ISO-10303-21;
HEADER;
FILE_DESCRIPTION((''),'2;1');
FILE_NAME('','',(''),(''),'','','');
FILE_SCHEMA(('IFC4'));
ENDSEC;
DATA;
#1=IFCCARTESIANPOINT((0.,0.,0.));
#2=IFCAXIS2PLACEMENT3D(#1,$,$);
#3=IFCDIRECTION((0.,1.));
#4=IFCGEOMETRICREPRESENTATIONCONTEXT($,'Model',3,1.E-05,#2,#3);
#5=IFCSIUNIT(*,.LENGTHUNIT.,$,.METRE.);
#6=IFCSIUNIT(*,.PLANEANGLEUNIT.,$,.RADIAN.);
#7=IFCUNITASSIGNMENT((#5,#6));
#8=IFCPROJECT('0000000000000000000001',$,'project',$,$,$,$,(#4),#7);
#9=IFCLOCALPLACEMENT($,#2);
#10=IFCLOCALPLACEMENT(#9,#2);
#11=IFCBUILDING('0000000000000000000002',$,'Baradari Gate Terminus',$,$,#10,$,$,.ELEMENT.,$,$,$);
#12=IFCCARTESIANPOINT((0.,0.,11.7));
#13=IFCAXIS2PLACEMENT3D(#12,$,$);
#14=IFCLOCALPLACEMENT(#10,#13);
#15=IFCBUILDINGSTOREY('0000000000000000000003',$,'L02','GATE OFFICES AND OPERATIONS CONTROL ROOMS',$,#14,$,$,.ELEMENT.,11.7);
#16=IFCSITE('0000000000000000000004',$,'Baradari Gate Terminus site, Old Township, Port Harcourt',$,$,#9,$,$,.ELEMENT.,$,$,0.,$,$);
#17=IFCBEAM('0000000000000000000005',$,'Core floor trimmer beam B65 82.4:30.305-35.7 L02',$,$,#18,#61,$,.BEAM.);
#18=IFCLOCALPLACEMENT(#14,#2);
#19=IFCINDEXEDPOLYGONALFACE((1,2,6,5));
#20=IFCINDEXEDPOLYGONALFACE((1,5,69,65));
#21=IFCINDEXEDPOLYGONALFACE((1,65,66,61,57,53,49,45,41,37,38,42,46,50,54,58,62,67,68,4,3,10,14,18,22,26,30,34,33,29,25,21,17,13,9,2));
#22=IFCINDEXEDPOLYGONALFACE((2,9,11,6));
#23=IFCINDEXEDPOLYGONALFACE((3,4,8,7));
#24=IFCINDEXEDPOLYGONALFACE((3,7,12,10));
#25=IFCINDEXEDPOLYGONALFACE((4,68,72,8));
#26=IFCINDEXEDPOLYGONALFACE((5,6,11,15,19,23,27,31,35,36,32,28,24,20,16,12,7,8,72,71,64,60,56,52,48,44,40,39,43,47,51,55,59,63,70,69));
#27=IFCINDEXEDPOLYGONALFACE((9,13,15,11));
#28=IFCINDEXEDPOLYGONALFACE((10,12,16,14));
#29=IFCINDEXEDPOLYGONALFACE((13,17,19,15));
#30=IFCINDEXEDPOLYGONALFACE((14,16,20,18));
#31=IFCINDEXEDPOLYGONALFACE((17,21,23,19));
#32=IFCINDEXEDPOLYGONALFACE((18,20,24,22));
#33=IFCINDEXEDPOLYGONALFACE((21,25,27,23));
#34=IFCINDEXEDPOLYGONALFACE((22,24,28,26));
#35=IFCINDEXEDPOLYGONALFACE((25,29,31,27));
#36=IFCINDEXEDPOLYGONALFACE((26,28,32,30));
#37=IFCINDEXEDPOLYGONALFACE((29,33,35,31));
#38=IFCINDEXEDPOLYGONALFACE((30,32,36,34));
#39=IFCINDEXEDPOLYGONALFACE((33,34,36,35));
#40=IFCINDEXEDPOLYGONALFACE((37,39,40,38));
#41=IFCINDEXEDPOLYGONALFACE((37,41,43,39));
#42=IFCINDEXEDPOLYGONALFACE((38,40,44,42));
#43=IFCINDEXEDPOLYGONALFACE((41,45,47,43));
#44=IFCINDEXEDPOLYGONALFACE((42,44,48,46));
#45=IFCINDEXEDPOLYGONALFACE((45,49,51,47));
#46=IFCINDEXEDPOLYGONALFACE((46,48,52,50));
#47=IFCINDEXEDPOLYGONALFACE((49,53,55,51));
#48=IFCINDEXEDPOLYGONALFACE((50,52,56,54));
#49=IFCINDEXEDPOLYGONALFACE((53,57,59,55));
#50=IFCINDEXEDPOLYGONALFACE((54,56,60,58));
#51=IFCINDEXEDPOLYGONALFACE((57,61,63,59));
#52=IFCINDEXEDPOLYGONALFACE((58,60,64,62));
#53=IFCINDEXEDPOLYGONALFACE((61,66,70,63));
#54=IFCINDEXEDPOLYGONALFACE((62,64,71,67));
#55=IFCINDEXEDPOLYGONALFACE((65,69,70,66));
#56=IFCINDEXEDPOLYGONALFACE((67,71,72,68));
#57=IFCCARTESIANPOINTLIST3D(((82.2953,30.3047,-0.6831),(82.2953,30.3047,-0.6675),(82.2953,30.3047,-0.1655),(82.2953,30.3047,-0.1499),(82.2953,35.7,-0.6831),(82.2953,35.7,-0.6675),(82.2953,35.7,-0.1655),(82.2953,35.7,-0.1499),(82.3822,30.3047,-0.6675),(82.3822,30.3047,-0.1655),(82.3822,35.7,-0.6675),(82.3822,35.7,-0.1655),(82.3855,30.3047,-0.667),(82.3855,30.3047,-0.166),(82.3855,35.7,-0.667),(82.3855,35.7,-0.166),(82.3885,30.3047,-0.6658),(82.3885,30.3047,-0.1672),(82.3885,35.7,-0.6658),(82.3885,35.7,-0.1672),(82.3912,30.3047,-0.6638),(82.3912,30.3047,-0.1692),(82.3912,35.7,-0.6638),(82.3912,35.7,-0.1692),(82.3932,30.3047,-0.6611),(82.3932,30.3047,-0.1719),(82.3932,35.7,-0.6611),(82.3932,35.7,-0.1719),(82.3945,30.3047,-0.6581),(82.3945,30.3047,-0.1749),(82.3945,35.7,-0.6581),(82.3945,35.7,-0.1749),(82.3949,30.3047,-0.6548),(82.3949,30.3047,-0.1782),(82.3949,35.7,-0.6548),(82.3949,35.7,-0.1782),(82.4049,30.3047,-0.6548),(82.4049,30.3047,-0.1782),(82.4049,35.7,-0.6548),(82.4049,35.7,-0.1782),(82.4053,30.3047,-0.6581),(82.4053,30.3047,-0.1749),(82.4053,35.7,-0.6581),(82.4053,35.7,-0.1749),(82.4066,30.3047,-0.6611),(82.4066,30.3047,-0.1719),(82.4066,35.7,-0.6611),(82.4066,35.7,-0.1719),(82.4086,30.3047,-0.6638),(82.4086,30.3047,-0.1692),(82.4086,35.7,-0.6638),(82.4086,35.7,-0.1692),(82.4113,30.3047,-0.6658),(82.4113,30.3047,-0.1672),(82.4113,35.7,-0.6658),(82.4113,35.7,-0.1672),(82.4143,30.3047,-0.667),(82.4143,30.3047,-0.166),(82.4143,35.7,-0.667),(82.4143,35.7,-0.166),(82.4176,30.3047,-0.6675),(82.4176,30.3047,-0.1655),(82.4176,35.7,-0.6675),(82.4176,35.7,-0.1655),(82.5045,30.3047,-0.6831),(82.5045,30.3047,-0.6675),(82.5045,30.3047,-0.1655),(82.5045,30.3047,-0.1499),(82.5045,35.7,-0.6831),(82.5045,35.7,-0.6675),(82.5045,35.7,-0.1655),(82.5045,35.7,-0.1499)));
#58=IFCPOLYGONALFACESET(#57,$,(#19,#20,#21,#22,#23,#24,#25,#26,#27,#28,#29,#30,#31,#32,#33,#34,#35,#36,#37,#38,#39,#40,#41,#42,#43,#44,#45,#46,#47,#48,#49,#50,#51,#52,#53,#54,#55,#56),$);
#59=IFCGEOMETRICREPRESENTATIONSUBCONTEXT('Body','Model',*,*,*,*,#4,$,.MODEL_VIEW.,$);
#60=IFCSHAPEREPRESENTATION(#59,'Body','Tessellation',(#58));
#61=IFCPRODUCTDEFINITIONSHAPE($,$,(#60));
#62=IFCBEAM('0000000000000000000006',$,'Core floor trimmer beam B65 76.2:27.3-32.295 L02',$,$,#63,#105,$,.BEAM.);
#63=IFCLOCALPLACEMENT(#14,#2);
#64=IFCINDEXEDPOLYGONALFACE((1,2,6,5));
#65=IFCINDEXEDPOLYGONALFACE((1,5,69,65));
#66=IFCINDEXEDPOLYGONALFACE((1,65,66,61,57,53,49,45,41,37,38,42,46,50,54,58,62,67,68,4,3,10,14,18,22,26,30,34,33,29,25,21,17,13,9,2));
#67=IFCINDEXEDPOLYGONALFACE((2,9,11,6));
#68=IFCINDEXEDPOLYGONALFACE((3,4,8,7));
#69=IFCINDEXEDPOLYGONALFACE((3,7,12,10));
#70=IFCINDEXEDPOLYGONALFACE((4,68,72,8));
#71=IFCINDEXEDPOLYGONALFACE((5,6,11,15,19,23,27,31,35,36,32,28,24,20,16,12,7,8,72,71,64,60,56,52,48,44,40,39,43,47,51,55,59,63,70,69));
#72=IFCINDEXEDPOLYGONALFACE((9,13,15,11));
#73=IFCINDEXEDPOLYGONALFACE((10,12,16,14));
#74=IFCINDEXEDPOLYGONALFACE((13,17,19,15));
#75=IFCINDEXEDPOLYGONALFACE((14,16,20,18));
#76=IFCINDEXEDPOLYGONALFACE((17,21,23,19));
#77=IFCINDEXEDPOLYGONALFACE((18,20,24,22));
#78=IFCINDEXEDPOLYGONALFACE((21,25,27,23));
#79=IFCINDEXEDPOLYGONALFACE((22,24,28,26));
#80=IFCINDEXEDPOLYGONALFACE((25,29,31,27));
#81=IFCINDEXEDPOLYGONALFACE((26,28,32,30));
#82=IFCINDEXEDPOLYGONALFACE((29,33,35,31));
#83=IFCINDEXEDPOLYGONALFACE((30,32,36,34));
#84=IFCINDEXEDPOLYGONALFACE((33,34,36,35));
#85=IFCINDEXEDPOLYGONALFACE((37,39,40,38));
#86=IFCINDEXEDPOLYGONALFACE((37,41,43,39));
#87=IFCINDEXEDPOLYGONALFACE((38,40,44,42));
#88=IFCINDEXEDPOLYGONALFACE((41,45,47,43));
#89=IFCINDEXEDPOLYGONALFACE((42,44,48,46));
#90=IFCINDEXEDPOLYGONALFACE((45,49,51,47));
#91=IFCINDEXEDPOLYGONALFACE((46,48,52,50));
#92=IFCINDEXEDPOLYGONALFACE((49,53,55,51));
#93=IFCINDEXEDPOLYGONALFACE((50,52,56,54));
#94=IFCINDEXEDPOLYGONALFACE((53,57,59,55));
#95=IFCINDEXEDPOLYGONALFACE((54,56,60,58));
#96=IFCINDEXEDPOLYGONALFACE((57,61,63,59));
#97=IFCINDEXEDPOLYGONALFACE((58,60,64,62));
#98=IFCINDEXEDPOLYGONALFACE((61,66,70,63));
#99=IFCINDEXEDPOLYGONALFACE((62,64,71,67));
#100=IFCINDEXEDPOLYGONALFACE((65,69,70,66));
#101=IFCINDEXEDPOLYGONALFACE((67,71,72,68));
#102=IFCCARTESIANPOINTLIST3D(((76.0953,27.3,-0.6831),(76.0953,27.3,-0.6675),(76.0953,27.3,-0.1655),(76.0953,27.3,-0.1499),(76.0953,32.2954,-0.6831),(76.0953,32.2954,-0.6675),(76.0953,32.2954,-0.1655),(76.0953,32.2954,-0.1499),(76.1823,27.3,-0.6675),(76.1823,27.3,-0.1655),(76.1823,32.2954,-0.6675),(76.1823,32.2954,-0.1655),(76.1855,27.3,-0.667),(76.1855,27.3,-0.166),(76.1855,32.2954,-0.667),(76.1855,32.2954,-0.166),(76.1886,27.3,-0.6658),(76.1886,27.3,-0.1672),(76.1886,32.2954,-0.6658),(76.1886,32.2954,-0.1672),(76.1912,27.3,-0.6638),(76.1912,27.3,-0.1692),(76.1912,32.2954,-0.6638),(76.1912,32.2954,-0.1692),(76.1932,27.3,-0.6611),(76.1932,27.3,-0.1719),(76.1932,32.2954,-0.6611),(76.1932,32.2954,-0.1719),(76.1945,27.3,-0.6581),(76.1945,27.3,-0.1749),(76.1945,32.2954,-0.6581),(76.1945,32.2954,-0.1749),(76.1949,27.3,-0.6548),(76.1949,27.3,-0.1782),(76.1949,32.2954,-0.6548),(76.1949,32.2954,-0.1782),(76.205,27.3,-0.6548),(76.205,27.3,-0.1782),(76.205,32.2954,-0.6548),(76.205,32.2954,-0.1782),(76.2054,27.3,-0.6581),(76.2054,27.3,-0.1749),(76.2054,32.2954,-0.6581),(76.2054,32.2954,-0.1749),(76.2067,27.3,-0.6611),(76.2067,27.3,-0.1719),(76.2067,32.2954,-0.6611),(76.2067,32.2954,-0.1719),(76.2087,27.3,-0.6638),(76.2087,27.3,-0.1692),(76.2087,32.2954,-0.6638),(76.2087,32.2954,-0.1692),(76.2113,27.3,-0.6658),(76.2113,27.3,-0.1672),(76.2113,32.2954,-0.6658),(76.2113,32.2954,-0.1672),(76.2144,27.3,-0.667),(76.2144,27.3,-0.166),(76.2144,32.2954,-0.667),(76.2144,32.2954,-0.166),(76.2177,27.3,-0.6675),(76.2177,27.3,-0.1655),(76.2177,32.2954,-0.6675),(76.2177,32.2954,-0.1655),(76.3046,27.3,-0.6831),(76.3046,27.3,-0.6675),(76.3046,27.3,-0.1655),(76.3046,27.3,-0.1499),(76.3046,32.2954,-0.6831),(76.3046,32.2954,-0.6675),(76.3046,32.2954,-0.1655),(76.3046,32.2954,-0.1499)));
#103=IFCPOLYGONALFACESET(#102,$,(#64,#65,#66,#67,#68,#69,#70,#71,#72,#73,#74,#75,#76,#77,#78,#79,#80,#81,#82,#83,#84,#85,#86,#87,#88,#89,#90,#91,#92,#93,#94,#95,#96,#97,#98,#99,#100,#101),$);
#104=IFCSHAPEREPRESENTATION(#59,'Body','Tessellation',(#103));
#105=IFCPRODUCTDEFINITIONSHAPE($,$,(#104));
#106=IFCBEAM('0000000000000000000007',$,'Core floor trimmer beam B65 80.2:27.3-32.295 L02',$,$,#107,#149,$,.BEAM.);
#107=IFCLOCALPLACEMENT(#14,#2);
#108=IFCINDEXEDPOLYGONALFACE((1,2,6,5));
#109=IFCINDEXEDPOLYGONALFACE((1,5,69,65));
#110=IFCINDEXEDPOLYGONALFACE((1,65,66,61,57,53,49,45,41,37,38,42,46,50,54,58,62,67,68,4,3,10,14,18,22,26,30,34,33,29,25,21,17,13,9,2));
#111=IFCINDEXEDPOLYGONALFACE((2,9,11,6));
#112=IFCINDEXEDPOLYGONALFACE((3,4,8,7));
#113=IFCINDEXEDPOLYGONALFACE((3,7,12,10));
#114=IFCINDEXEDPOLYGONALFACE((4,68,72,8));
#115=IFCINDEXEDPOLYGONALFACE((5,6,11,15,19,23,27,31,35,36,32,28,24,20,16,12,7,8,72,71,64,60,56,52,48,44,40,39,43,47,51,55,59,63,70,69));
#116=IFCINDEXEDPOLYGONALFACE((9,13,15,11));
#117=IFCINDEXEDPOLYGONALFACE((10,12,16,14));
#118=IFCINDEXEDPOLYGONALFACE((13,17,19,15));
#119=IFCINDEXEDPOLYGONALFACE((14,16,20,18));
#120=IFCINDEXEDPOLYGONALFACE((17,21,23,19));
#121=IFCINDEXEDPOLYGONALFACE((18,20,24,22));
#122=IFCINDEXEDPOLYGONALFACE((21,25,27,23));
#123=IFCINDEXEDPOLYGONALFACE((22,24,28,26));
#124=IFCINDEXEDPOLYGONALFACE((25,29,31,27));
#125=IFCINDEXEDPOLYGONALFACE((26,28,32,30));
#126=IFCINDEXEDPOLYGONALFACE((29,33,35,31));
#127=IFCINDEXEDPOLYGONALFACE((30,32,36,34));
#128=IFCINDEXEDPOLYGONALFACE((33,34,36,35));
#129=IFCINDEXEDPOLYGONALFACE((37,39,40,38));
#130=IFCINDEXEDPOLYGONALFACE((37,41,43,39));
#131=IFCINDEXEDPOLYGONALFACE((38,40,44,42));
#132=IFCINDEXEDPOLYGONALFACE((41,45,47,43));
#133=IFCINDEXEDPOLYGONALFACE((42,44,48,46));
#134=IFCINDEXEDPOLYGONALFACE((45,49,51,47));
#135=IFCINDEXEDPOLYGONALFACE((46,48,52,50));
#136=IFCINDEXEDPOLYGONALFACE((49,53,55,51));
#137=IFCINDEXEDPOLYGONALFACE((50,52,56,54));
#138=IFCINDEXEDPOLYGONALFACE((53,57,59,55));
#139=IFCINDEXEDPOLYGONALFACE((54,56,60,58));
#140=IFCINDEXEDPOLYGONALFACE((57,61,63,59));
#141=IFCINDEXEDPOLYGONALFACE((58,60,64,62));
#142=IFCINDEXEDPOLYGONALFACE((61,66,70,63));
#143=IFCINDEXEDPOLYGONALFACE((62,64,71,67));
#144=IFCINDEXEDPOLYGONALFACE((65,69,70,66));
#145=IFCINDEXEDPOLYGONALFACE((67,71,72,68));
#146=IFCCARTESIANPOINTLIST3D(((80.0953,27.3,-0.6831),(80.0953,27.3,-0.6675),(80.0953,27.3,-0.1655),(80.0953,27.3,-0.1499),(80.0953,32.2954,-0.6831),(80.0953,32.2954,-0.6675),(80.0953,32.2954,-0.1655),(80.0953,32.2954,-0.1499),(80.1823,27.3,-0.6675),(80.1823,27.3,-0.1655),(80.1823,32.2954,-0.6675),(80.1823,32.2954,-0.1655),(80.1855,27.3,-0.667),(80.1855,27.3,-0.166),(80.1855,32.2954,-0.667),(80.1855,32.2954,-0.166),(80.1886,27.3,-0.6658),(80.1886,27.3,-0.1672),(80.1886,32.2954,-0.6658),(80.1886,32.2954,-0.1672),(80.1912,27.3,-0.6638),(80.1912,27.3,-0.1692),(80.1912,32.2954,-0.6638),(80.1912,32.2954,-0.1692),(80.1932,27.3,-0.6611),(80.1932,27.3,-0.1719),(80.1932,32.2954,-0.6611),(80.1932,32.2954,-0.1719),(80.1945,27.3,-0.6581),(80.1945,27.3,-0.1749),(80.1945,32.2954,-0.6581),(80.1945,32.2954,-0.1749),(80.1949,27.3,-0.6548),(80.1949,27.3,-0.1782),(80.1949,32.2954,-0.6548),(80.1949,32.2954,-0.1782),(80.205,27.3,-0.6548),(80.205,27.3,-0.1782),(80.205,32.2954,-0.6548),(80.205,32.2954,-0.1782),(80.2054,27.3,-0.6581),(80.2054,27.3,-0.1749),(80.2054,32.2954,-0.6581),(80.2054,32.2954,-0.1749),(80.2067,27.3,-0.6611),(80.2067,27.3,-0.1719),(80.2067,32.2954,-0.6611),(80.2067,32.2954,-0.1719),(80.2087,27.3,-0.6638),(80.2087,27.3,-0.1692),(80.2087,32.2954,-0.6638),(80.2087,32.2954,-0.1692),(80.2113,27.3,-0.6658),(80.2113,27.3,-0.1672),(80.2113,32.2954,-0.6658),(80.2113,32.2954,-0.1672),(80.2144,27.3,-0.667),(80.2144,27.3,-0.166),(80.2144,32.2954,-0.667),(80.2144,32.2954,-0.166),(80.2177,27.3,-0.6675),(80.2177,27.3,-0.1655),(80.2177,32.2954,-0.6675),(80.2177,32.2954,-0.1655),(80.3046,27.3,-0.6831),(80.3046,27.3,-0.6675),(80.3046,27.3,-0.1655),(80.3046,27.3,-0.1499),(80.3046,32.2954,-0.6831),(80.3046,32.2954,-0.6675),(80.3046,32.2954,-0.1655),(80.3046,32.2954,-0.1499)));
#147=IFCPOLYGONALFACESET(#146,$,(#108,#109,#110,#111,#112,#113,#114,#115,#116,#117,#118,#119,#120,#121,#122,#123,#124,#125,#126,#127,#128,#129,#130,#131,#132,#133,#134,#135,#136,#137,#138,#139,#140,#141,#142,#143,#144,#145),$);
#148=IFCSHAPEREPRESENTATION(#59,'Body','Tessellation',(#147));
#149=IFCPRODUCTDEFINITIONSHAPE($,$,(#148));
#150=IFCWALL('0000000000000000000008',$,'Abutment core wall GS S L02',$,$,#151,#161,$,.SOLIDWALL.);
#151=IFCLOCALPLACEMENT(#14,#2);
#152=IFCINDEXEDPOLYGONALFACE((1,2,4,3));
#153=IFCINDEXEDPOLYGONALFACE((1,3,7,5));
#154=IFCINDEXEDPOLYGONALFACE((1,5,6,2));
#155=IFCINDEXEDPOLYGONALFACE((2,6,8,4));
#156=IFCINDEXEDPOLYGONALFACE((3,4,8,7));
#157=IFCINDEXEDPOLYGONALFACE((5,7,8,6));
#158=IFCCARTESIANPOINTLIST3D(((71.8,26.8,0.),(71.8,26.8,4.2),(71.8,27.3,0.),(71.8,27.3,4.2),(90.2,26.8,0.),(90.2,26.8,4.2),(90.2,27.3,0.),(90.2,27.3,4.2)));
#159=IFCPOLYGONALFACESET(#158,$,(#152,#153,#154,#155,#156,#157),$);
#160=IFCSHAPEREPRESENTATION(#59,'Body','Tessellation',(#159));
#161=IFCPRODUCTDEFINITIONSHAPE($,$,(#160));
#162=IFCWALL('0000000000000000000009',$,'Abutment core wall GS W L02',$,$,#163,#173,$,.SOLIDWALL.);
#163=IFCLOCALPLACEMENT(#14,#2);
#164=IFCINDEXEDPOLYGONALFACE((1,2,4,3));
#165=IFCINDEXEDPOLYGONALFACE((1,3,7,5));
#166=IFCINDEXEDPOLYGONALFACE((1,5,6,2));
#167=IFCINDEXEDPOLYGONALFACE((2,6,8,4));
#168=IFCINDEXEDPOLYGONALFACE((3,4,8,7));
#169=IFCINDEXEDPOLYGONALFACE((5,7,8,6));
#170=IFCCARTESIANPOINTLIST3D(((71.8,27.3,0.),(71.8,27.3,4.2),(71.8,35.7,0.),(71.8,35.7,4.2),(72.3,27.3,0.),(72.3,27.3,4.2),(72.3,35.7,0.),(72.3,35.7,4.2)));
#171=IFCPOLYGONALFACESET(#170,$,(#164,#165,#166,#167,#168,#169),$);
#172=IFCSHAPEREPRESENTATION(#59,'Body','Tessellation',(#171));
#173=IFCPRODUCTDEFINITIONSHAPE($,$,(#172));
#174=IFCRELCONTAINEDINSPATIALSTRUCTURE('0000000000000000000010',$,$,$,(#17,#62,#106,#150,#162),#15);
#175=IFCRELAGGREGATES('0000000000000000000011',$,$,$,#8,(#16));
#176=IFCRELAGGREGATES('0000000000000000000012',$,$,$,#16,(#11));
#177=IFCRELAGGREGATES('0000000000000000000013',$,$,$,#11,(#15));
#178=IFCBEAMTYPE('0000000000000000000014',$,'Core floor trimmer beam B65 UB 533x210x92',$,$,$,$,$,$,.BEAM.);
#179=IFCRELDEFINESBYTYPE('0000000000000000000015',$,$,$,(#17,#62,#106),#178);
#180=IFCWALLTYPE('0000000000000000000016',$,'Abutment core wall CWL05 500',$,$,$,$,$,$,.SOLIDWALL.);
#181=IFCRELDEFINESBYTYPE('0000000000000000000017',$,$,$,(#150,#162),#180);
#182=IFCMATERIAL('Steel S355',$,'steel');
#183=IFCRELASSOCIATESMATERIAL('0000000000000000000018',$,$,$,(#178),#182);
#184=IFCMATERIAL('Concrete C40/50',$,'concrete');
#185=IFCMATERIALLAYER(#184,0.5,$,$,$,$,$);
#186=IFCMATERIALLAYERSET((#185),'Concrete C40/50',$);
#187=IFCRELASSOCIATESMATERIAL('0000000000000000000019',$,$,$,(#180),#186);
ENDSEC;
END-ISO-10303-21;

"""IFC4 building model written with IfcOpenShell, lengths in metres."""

from ifc_helpers import new_model, si_unit, direction, frame, frame_2d, origin, origin_2d, place, context, subcontext, project, spatial, rectangle, i_section, extrude, material, layer, layer_set, material_profile, profile_set, type_object, element, save


model = new_model("IFC4")

# Units and contexts
model_context = context("Model", 3, precision=1e-05, world=origin(), true_north=direction((0.0, 1.0)))
body_context = subcontext(model_context, "Body", "Model", "MODEL_VIEW")
ifc_project = project(units=[si_unit("LENGTHUNIT", "METRE"), si_unit("PLANEANGLEUNIT", "RADIAN")], contexts=[model_context])

# Site, building, storey
site_placement = place(None, origin())
site = spatial("IfcSite", under=ifc_project, at=site_placement, Name="Baradari Gate Terminus site, Old Township, Port Harcourt", CompositionType="ELEMENT", RefElevation=0.0)
building_placement = place(site_placement, origin())
building = spatial("IfcBuilding", under=site, at=building_placement, Name="Baradari Gate Terminus", CompositionType="ELEMENT")
storey_placement = place(building_placement, frame((0.0, 0.0, 11.7)))
storey = spatial("IfcBuildingStorey", under=building, at=storey_placement, Name="L02", Description="GATE OFFICES AND OPERATIONS CONTROL ROOMS", CompositionType="ELEMENT", Elevation=11.7)

# Beams
ifc_material_1 = material(Name="Steel S355", Category="steel")
ifc_material_profile_1 = material_profile(ifc_material_1, i_section(OverallWidth=0.2092, OverallDepth=0.5332, WebThickness=0.01, FlangeThickness=0.0156, FilletRadius=0.0127, at=origin_2d()), Name="UB 533x210x92")
ifc_profile_set_1 = profile_set([ifc_material_profile_1], Name="Steel S355")
beam_type_1 = type_object("IfcBeamType", Name="Core floor trimmer beam B65 UB 533x210x92", PredefinedType="BEAM", material=ifc_profile_set_1)
beam_1_placement = place(storey_placement, frame((82.3999, 30.3047, -0.4165), z_axis=(0.0, 1.0, 0.0), x_axis=(-1.0, 0.0, 0.0)))
element("IfcBeam", 1, at=beam_1_placement, inside=storey, type_object=beam_type_1, Name="Core floor trimmer beam B65 82.4:30.305-35.7 L02", PredefinedType="BEAM", context=body_context, shape_type="SweptSolid", body=[
    extrude(i_section(OverallWidth=0.2092, OverallDepth=0.5332, WebThickness=0.01, FlangeThickness=0.0156, FilletRadius=0.0127, at=origin_2d()), origin(), (0.0, 0.0, 1.0), 5.3953),
])
for number, where, z_axis, x_axis, name in (
    (2, (76.2, 27.3, -0.4165), (0.0, 1.0, 0.0), (-1.0, 0.0, 0.0), "Core floor trimmer beam B65 76.2:27.3-32.295 L02"),
    (3, (80.2, 27.3, -0.4165), (0.0, 1.0, 0.0), (-1.0, 0.0, 0.0), "Core floor trimmer beam B65 80.2:27.3-32.295 L02"),
):
    element("IfcBeam", number, at=place(storey_placement, frame(where, z_axis=z_axis, x_axis=x_axis)), inside=storey, type_object=beam_type_1, Name=name, PredefinedType="BEAM", context=body_context, shape_type="SweptSolid", body=[
        extrude(i_section(OverallWidth=0.2092, OverallDepth=0.5332, WebThickness=0.01, FlangeThickness=0.0156, FilletRadius=0.0127, at=origin_2d()), origin(), (0.0, 0.0, 1.0), 4.9954),
    ])

# Walls
ifc_material_2 = material(Name="Concrete C40/50", Category="concrete")
ifc_layer_1 = layer(ifc_material_2, 0.5)
ifc_layer_set_1 = layer_set([ifc_layer_1], Name="Concrete C40/50")
wall_type_1 = type_object("IfcWallType", Name="Abutment core wall CWL05 500", PredefinedType="SOLIDWALL", material=ifc_layer_set_1)
wall_1_placement = place(storey_placement, frame((71.8, 27.05, 0.0), z_axis=(0.0, 0.0, 1.0), x_axis=(1.0, 0.0, 0.0)))
element("IfcWall", 4, at=wall_1_placement, inside=storey, type_object=wall_type_1, Name="Abutment core wall GS S L02", PredefinedType="SOLIDWALL", context=body_context, shape_type="SweptSolid", body=[
    extrude(rectangle(XDim=18.3999, YDim=0.5, at=frame_2d((9.2, 0.0))), origin(), (0.0, 0.0, 1.0), 4.2),
])
wall_2_placement = place(storey_placement, frame((72.05, 27.3, 0.0), z_axis=(0.0, 0.0, 1.0), x_axis=(0.0, 1.0, 0.0)))
element("IfcWall", 5, at=wall_2_placement, inside=storey, type_object=wall_type_1, Name="Abutment core wall GS W L02", PredefinedType="SOLIDWALL", context=body_context, shape_type="SweptSolid", body=[
    extrude(rectangle(XDim=8.3999, YDim=0.5, at=frame_2d((4.2, 0.0))), origin(), (0.0, 0.0, 1.0), 4.2),
])

save(model, "model.ifc")
